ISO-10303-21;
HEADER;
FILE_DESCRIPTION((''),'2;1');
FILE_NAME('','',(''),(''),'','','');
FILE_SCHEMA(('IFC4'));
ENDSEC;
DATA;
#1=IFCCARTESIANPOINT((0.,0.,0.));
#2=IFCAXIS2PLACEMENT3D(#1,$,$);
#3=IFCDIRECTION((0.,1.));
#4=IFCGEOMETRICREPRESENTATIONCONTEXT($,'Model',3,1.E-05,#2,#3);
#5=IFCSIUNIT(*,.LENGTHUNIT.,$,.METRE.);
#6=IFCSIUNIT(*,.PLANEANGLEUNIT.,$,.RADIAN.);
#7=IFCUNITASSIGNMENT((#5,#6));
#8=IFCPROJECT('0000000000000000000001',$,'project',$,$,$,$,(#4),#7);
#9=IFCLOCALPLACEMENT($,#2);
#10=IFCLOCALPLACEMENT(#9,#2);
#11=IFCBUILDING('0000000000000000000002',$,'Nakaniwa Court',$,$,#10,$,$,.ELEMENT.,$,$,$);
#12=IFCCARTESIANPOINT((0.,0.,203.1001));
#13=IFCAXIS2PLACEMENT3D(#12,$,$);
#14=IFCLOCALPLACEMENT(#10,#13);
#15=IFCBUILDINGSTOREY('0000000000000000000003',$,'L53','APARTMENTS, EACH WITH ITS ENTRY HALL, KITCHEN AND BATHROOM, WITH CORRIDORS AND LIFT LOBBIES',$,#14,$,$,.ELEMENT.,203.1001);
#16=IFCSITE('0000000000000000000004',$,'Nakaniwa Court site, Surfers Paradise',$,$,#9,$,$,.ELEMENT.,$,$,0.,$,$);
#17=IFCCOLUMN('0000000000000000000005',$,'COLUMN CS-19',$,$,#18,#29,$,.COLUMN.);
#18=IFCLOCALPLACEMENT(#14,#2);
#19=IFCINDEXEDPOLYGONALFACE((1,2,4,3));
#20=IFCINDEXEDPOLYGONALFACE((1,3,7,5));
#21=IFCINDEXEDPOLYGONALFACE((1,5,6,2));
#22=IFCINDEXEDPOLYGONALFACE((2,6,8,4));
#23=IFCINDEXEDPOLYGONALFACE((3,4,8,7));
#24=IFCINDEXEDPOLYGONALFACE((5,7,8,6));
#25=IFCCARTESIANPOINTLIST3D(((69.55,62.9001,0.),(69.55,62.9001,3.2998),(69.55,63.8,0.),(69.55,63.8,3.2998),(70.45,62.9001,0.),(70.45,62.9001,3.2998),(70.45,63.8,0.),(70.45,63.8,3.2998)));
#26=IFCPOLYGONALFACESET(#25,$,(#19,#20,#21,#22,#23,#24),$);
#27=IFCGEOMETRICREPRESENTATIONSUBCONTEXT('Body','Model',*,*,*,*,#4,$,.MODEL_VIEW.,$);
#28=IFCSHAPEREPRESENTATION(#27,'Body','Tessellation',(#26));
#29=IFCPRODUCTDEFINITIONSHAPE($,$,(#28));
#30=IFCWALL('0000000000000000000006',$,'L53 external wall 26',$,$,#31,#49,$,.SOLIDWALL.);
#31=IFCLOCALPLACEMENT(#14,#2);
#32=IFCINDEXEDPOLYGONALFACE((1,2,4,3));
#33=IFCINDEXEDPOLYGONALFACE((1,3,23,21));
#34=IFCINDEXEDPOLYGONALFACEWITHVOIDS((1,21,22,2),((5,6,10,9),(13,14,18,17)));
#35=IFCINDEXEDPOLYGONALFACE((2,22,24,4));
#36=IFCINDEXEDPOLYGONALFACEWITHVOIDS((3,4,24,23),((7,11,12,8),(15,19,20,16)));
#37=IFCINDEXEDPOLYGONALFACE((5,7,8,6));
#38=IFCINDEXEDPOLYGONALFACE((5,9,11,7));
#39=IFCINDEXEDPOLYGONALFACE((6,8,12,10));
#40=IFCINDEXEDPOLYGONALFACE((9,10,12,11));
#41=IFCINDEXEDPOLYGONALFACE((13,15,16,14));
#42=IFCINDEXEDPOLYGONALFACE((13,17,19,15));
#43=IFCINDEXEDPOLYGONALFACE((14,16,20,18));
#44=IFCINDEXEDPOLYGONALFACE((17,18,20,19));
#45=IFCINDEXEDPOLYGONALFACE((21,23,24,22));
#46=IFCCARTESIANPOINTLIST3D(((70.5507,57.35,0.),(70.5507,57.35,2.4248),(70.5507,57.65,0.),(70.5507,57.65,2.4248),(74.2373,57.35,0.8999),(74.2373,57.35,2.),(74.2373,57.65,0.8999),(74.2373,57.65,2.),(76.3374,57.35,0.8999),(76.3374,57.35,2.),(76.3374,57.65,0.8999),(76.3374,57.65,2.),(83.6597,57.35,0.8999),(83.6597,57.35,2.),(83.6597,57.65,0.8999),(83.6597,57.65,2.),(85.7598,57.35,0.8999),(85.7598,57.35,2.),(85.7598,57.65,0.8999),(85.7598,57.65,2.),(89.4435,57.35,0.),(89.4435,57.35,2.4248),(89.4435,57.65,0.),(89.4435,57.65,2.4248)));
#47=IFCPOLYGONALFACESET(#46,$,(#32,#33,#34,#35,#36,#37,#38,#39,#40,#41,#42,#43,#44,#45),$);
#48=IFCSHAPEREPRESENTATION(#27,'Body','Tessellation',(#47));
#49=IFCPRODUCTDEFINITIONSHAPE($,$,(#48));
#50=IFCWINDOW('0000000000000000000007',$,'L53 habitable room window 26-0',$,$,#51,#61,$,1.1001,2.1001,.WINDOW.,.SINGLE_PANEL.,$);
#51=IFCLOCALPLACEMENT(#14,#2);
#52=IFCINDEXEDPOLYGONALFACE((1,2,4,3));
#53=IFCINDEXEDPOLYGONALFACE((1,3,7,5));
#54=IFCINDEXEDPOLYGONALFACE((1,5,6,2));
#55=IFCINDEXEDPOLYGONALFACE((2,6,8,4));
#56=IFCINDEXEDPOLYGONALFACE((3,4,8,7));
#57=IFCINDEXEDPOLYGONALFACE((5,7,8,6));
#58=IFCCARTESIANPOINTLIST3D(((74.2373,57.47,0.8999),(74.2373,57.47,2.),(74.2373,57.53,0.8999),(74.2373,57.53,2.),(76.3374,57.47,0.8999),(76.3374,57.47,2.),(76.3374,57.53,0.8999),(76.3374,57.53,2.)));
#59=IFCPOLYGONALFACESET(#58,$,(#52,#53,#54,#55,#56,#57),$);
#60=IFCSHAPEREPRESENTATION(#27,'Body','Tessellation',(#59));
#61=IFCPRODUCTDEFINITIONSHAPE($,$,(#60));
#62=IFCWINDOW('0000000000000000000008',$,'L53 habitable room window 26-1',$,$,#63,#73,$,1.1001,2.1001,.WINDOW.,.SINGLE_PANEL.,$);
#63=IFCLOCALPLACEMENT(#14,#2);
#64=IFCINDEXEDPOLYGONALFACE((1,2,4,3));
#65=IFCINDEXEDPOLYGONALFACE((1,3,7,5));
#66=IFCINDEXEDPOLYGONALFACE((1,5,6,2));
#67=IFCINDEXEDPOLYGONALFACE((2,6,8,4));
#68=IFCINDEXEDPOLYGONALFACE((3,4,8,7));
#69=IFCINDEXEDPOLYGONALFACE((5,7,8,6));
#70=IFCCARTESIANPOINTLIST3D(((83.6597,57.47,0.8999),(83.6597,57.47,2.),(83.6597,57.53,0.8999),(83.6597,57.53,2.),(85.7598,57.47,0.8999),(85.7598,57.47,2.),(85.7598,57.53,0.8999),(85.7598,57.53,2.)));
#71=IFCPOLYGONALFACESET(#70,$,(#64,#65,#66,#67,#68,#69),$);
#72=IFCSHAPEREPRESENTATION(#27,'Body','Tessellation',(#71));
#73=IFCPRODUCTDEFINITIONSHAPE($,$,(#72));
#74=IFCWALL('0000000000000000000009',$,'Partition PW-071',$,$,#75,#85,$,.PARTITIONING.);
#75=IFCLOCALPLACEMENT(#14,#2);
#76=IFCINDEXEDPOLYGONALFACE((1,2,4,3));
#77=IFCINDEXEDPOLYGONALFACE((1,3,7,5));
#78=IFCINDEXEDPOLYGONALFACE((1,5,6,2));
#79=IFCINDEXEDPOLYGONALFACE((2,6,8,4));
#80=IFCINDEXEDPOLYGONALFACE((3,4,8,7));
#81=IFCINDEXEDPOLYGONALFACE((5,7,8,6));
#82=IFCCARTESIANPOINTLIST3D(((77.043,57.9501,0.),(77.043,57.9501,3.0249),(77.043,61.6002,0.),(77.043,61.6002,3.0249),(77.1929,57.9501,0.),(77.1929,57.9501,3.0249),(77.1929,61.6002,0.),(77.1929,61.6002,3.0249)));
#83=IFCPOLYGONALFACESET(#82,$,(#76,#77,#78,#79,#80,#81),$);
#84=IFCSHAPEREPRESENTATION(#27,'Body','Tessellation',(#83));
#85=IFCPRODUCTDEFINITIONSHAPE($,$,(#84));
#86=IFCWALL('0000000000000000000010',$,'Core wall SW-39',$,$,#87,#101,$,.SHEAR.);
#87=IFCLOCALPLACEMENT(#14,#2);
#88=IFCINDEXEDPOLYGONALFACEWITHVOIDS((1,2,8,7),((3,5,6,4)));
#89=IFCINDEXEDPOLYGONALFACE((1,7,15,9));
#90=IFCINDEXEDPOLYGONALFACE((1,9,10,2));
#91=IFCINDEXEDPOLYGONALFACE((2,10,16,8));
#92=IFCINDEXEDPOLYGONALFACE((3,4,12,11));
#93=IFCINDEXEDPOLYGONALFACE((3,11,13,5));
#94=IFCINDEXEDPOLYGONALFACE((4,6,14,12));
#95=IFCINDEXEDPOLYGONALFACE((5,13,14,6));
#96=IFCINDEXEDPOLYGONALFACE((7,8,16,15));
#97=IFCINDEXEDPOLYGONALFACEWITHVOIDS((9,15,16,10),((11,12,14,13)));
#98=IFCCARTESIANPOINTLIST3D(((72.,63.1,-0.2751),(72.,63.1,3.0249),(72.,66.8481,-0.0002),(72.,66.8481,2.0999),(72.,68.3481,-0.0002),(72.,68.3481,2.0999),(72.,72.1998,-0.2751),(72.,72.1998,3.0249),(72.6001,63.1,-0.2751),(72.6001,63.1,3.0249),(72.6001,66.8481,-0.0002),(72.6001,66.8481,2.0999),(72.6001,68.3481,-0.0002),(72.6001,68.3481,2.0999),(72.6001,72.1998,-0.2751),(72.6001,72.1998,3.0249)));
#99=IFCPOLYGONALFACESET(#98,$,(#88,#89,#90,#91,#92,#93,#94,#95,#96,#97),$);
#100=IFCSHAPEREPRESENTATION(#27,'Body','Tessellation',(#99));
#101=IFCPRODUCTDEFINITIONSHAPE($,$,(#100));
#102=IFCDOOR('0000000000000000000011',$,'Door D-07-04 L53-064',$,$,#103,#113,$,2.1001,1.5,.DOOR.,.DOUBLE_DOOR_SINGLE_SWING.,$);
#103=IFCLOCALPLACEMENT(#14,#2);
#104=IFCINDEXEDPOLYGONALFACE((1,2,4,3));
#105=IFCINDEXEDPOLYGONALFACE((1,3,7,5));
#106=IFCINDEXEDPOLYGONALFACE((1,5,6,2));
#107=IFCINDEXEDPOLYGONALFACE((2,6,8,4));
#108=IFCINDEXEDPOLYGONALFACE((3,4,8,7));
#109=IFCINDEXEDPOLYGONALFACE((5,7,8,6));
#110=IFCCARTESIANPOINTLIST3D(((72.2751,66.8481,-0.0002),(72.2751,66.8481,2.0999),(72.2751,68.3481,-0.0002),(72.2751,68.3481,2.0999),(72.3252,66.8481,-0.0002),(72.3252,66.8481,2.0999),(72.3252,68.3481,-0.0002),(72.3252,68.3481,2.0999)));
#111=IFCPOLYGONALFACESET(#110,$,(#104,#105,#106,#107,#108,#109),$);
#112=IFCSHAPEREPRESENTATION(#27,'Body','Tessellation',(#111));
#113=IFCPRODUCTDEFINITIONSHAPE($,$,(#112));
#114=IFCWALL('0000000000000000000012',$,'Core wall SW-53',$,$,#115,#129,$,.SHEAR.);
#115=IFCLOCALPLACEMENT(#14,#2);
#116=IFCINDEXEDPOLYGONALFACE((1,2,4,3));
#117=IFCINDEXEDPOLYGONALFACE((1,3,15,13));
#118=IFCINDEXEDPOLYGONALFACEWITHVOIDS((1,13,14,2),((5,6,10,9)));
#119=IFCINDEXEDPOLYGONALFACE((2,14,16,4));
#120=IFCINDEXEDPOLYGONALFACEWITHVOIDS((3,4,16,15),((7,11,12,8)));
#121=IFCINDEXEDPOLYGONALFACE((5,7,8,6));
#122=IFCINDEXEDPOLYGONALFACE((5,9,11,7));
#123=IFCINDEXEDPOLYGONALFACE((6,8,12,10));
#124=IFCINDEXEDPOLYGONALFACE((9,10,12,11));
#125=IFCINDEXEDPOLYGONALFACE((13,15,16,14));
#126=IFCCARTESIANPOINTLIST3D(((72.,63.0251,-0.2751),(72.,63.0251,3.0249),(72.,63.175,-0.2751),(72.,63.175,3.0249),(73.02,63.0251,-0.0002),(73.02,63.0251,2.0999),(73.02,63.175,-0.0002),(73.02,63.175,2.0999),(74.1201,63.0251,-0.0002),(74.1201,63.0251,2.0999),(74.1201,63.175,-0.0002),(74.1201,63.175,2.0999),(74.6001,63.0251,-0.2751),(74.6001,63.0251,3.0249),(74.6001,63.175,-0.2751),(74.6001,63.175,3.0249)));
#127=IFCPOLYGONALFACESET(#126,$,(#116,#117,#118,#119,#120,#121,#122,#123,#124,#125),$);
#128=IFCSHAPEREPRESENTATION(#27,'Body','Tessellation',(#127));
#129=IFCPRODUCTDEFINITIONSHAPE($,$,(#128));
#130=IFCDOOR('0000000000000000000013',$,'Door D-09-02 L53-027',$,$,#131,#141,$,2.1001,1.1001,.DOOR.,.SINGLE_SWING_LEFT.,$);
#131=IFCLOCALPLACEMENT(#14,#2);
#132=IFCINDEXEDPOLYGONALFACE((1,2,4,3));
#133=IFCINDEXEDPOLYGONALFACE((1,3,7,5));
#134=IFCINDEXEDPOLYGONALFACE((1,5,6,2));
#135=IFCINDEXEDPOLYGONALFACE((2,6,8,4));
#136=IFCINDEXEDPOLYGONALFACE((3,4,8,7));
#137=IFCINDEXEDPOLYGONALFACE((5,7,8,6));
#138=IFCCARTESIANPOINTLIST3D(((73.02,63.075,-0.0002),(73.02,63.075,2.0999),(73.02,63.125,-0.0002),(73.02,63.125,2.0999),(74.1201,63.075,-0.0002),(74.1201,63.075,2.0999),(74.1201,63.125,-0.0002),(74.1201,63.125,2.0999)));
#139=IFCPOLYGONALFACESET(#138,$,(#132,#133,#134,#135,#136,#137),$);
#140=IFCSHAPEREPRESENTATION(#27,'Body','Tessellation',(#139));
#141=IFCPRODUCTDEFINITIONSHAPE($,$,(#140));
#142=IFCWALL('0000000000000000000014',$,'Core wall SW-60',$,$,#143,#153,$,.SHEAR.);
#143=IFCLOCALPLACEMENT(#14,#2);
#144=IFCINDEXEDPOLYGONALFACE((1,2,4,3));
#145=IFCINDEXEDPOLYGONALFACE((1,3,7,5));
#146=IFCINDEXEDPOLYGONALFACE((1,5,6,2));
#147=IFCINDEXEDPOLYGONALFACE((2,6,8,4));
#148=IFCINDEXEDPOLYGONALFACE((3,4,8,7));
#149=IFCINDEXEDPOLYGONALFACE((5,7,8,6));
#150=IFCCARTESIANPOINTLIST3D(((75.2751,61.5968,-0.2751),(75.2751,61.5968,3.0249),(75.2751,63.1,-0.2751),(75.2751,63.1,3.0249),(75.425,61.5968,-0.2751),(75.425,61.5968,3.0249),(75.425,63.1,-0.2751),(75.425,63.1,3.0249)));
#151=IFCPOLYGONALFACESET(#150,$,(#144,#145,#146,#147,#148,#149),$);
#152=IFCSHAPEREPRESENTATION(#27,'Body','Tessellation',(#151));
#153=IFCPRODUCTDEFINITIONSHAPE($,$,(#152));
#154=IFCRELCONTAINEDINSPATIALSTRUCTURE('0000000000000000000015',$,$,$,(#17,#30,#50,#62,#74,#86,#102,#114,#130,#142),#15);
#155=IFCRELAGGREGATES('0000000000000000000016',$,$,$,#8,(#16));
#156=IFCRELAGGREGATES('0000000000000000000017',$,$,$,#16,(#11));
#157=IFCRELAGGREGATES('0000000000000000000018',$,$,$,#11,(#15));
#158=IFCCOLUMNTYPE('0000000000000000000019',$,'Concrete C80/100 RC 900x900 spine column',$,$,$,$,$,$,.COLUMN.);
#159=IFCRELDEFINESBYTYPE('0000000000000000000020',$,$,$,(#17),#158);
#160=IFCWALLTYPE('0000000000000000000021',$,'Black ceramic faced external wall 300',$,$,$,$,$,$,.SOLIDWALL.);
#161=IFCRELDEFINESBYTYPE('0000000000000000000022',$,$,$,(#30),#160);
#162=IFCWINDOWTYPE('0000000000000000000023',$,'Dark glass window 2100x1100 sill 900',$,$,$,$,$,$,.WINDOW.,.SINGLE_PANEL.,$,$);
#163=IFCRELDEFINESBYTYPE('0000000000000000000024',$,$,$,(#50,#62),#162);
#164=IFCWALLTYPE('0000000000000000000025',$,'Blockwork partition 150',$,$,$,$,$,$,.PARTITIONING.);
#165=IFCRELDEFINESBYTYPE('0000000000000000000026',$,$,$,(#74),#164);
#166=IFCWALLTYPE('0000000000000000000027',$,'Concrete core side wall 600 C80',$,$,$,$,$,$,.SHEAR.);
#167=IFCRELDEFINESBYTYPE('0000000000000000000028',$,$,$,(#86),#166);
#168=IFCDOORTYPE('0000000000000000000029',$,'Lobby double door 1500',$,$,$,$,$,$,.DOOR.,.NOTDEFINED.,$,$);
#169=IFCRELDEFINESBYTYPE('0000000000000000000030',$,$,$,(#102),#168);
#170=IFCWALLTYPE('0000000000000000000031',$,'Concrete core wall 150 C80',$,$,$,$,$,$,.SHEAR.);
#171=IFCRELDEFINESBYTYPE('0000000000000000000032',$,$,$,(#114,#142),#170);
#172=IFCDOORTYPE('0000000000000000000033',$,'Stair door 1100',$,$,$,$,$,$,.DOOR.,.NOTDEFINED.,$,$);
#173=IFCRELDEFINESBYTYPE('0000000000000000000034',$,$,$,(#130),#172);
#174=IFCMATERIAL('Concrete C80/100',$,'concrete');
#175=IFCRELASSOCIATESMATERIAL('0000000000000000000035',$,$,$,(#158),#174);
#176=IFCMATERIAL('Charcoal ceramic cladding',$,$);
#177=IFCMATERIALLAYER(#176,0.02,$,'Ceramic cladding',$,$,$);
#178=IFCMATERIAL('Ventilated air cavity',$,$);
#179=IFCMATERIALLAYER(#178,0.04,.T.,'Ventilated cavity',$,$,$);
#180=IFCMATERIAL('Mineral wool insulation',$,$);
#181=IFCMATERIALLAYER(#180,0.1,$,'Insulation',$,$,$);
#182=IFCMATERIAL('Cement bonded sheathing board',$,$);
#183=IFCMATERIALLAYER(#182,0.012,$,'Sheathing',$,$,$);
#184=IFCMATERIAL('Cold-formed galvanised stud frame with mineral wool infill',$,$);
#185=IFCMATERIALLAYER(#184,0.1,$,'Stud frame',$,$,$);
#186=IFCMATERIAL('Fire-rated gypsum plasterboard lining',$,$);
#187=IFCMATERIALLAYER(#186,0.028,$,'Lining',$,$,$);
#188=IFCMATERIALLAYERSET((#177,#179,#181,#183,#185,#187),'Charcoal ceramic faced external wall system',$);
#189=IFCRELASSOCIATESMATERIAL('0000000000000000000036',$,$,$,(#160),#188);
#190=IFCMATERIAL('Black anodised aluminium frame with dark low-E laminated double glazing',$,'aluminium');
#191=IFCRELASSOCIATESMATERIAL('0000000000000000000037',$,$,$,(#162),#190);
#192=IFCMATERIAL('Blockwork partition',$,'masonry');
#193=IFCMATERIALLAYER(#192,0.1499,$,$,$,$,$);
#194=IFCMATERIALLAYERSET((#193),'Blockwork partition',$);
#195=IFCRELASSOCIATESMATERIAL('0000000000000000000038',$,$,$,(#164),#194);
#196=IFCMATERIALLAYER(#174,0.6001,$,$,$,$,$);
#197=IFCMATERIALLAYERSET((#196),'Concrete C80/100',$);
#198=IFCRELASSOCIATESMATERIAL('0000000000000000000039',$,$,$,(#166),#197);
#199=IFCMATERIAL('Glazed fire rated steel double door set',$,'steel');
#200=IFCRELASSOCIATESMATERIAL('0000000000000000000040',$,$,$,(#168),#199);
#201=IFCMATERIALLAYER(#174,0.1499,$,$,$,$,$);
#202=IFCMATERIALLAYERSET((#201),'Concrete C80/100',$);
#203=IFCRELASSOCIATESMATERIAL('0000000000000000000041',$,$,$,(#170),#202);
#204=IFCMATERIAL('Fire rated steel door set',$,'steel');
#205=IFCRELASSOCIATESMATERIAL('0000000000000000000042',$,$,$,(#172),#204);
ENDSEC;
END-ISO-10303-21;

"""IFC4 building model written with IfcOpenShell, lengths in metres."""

from ifc_helpers import new_model, si_unit, direction, frame, frame_2d, origin, origin_2d, place, context, subcontext, project, spatial, rectangle, extrude, material, layer, layer_set, material_profile, profile_set, type_object, element, fill, save


model = new_model("IFC4")

# Units and contexts
model_context = context("Model", 3, precision=1e-05, world=origin(), true_north=direction((0.0, 1.0)))
body_context = subcontext(model_context, "Body", "Model", "MODEL_VIEW")
ifc_project = project(units=[si_unit("LENGTHUNIT", "METRE"), si_unit("PLANEANGLEUNIT", "RADIAN")], contexts=[model_context])

# Site, building, storey
site_placement = place(None, origin())
site = spatial("IfcSite", under=ifc_project, at=site_placement, Name="Nakaniwa Court site, Surfers Paradise", CompositionType="ELEMENT", RefElevation=0.0)
building_placement = place(site_placement, origin())
building = spatial("IfcBuilding", under=site, at=building_placement, Name="Nakaniwa Court", CompositionType="ELEMENT")
storey_placement = place(building_placement, frame((0.0, 0.0, 203.1001)))
storey = spatial("IfcBuildingStorey", under=building, at=storey_placement, Name="L53", Description="APARTMENTS, EACH WITH ITS ENTRY HALL, KITCHEN AND BATHROOM, WITH CORRIDORS AND LIFT LOBBIES", CompositionType="ELEMENT", Elevation=203.1001)

# Column
ifc_material_1 = material(Name="Concrete C80/100", Category="concrete")
ifc_material_profile_1 = material_profile(ifc_material_1, rectangle(XDim=0.8999, YDim=0.8999, at=origin_2d()), Name="Concrete C80/100 RC 900x900 spine column")
ifc_profile_set_1 = profile_set([ifc_material_profile_1], Name="Concrete C80/100")
column_type = type_object("IfcColumnType", Name="Concrete C80/100 RC 900x900 spine column", PredefinedType="COLUMN", material=ifc_profile_set_1)
column_placement = place(storey_placement, frame((70.0, 63.3501, 0.0), z_axis=(0.0, 0.0, 1.0), x_axis=(0.0, -1.0, 0.0)))
element("IfcColumn", 1, at=column_placement, inside=storey, type_object=column_type, Name="COLUMN CS-19", PredefinedType="COLUMN", context=body_context, shape_type="SweptSolid", body=[
    extrude(rectangle(XDim=0.8999, YDim=0.8999, at=origin_2d()), origin(), (0.0, 0.0, 1.0), 3.2998),
])

# Wall, openings, windows
ifc_material_2 = material(Name="Charcoal ceramic cladding")
ifc_layer_1 = layer(ifc_material_2, 0.02, Name="Ceramic cladding")
ifc_material_3 = material(Name="Ventilated air cavity")
ifc_layer_2 = layer(ifc_material_3, 0.04, ventilated=True, Name="Ventilated cavity")
ifc_material_4 = material(Name="Mineral wool insulation")
ifc_layer_3 = layer(ifc_material_4, 0.1, Name="Insulation")
ifc_material_5 = material(Name="Cement bonded sheathing board")
ifc_layer_4 = layer(ifc_material_5, 0.012, Name="Sheathing")
ifc_material_6 = material(Name="Cold-formed galvanised stud frame with mineral wool infill")
ifc_layer_5 = layer(ifc_material_6, 0.1, Name="Stud frame")
ifc_material_7 = material(Name="Fire-rated gypsum plasterboard lining")
ifc_layer_6 = layer(ifc_material_7, 0.028, Name="Lining")
ifc_layer_set_1 = layer_set([ifc_layer_1, ifc_layer_2, ifc_layer_3, ifc_layer_4, ifc_layer_5, ifc_layer_6], Name="Charcoal ceramic faced external wall system")
wall_type_1 = type_object("IfcWallType", Name="Black ceramic faced external wall 300", PredefinedType="SOLIDWALL", material=ifc_layer_set_1)
wall_1_placement = place(storey_placement, frame((70.5508, 57.5, 0.0), z_axis=(0.0, 0.0, 1.0), x_axis=(1.0, 0.0, 0.0)))
wall_1 = element("IfcWall", 2, at=wall_1_placement, inside=storey, type_object=wall_type_1, Name="L53 external wall 26", PredefinedType="SOLIDWALL", context=body_context, shape_type="SweptSolid", body=[
    extrude(rectangle(XDim=18.8928, YDim=0.3, at=frame_2d((9.4463, 0.0))), origin(), (0.0, 0.0, 1.0), 2.4248),
])
opening_1_placement = place(wall_1_placement, frame((3.6865, 0.0, 0.8999)))
opening_1 = element("IfcOpeningElement", 3, at=opening_1_placement, cuts=wall_1, PredefinedType="OPENING", context=body_context, shape_type="SweptSolid", body=[
    extrude(rectangle(XDim=2.1001, YDim=1.1001, at=frame_2d((1.05, 0.55))), frame((0.0, 0.1599, 0.0), z_axis=(0.0, -1.0, 0.0), x_axis=(1.0, 0.0, 0.0)), (0.0, 0.0, 1.0), 0.3201),
])
opening_2_placement = place(wall_1_placement, frame((13.1089, 0.0, 0.8999)))
opening_2 = element("IfcOpeningElement", 4, at=opening_2_placement, cuts=wall_1, PredefinedType="OPENING", context=body_context, shape_type="SweptSolid", body=[
    extrude(rectangle(XDim=2.1001, YDim=1.1001, at=frame_2d((1.05, 0.55))), frame((0.0, 0.1599, 0.0), z_axis=(0.0, -1.0, 0.0), x_axis=(1.0, 0.0, 0.0)), (0.0, 0.0, 1.0), 0.3201),
])
ifc_material_8 = material(Name="Black anodised aluminium frame with dark low-E laminated double glazing", Category="aluminium")
window_type = type_object("IfcWindowType", Name="Dark glass window 2100x1100 sill 900", PartitioningType="SINGLE_PANEL", PredefinedType="WINDOW", material=ifc_material_8)
window_1_placement = place(opening_1_placement, origin())
window_1 = element("IfcWindow", 5, at=window_1_placement, inside=storey, type_object=window_type, Name="L53 habitable room window 26-0", OverallHeight=1.1001, OverallWidth=2.1001, PartitioningType="SINGLE_PANEL", PredefinedType="WINDOW", context=body_context, shape_type="SweptSolid", body=[
    extrude(rectangle(XDim=2.1001, YDim=1.1001, at=frame_2d((1.05, 0.55))), frame((0.0, 0.03, 0.0), z_axis=(0.0, -1.0, 0.0), x_axis=(1.0, 0.0, 0.0)), (0.0, 0.0, 1.0), 0.0601),
])
fill(opening_1, window_1)
window_2_placement = place(opening_2_placement, origin())
window_2 = element("IfcWindow", 6, at=window_2_placement, inside=storey, type_object=window_type, Name="L53 habitable room window 26-1", OverallHeight=1.1001, OverallWidth=2.1001, PartitioningType="SINGLE_PANEL", PredefinedType="WINDOW", context=body_context, shape_type="SweptSolid", body=[
    extrude(rectangle(XDim=2.1001, YDim=1.1001, at=frame_2d((1.05, 0.55))), frame((0.0, 0.03, 0.0), z_axis=(0.0, -1.0, 0.0), x_axis=(1.0, 0.0, 0.0)), (0.0, 0.0, 1.0), 0.0601),
])
fill(opening_2, window_2)

# Wall
ifc_material_9 = material(Name="Blockwork partition", Category="masonry")
ifc_layer_7 = layer(ifc_material_9, 0.1499)
ifc_layer_set_2 = layer_set([ifc_layer_7], Name="Blockwork partition")
wall_type_2 = type_object("IfcWallType", Name="Blockwork partition 150", PredefinedType="PARTITIONING", material=ifc_layer_set_2)
wall_2_placement = place(storey_placement, frame((77.1179, 57.95, 0.0), z_axis=(0.0, 0.0, 1.0), x_axis=(0.0, 1.0, 0.0)))
element("IfcWall", 7, at=wall_2_placement, inside=storey, type_object=wall_type_2, Name="Partition PW-071", PredefinedType="PARTITIONING", context=body_context, shape_type="SweptSolid", body=[
    extrude(rectangle(XDim=3.6501, YDim=0.1499, at=frame_2d((1.8252, 0.0))), origin(), (0.0, 0.0, 1.0), 3.0249),
])

# Walls, openings, doors
ifc_layer_8 = layer(ifc_material_1, 0.6001)
ifc_layer_set_3 = layer_set([ifc_layer_8], Name="Concrete C80/100")
wall_type_3 = type_object("IfcWallType", Name="Concrete core side wall 600 C80", PredefinedType="SHEAR", material=ifc_layer_set_3)
wall_3_placement = place(storey_placement, frame((72.3, 63.1001, -0.2751), z_axis=(0.0, 0.0, 1.0), x_axis=(0.0, 1.0, 0.0)))
wall_3 = element("IfcWall", 8, at=wall_3_placement, inside=storey, type_object=wall_type_3, Name="Core wall SW-39", PredefinedType="SHEAR", context=body_context, shape_type="SweptSolid", body=[
    extrude(rectangle(XDim=9.0999, YDim=0.6001, at=frame_2d((4.5498, 0.0))), origin(), (0.0, 0.0, 1.0), 3.3),
])
opening_3_placement = place(wall_3_placement, frame((3.748, 0.0, 0.2749)))
opening_3 = element("IfcOpeningElement", 9, at=opening_3_placement, cuts=wall_3, PredefinedType="OPENING", context=body_context, shape_type="SweptSolid", body=[
    extrude(rectangle(XDim=1.5, YDim=2.1001, at=frame_2d((0.75, 1.05))), frame((0.0, 0.3101, 0.0), z_axis=(0.0, -1.0, 0.0), x_axis=(1.0, 0.0, 0.0)), (0.0, 0.0, 1.0), 0.6201),
])
ifc_material_10 = material(Name="Glazed fire rated steel double door set", Category="steel")
door_type_1 = type_object("IfcDoorType", Name="Lobby double door 1500", OperationType="NOTDEFINED", PredefinedType="DOOR", material=ifc_material_10)
door_1_placement = place(opening_3_placement, origin())
door_1 = element("IfcDoor", 10, at=door_1_placement, inside=storey, type_object=door_type_1, Name="Door D-07-04 L53-064", OperationType="DOUBLE_DOOR_SINGLE_SWING", OverallHeight=2.1001, OverallWidth=1.5, PredefinedType="DOOR", context=body_context, shape_type="SweptSolid", body=[
    extrude(rectangle(XDim=1.5, YDim=2.1001, at=frame_2d((0.75, 1.05))), frame((0.0, 0.0249, 0.0), z_axis=(0.0, -1.0, 0.0), x_axis=(1.0, 0.0, 0.0)), (0.0, 0.0, 1.0), 0.05),
])
fill(opening_3, door_1)
ifc_layer_9 = layer(ifc_material_1, 0.1499)
ifc_layer_set_4 = layer_set([ifc_layer_9], Name="Concrete C80/100")
wall_type_4 = type_object("IfcWallType", Name="Concrete core wall 150 C80", PredefinedType="SHEAR", material=ifc_layer_set_4)
wall_4_placement = place(storey_placement, frame((72.0, 63.1001, -0.2751), z_axis=(0.0, 0.0, 1.0), x_axis=(1.0, 0.0, 0.0)))
wall_4 = element("IfcWall", 11, at=wall_4_placement, inside=storey, type_object=wall_type_4, Name="Core wall SW-53", PredefinedType="SHEAR", context=body_context, shape_type="SweptSolid", body=[
    extrude(rectangle(XDim=2.6001, YDim=0.1499, at=frame_2d((1.3, 0.0))), origin(), (0.0, 0.0, 1.0), 3.3),
])
opening_4_placement = place(wall_4_placement, frame((1.02, 0.0, 0.2749)))
opening_4 = element("IfcOpeningElement", 12, at=opening_4_placement, cuts=wall_4, PredefinedType="OPENING", context=body_context, shape_type="SweptSolid", body=[
    extrude(rectangle(XDim=1.1001, YDim=2.1001, at=frame_2d((0.55, 1.05))), frame((0.0, 0.085, 0.0), z_axis=(0.0, -1.0, 0.0), x_axis=(1.0, 0.0, 0.0)), (0.0, 0.0, 1.0), 0.1699),
])
ifc_material_11 = material(Name="Fire rated steel door set", Category="steel")
door_type_2 = type_object("IfcDoorType", Name="Stair door 1100", OperationType="NOTDEFINED", PredefinedType="DOOR", material=ifc_material_11)
door_2_placement = place(opening_4_placement, origin())
door_2 = element("IfcDoor", 13, at=door_2_placement, inside=storey, type_object=door_type_2, Name="Door D-09-02 L53-027", OperationType="SINGLE_SWING_LEFT", OverallHeight=2.1001, OverallWidth=1.1001, PredefinedType="DOOR", context=body_context, shape_type="SweptSolid", body=[
    extrude(rectangle(XDim=1.1001, YDim=2.1001, at=frame_2d((0.55, 1.05))), frame((0.0, 0.0249, 0.0), z_axis=(0.0, -1.0, 0.0), x_axis=(1.0, 0.0, 0.0)), (0.0, 0.0, 1.0), 0.05),
])
fill(opening_4, door_2)

# Wall
wall_5_placement = place(storey_placement, frame((75.3501, 61.5969, -0.2751), z_axis=(0.0, 0.0, 1.0), x_axis=(0.0, 1.0, 0.0)))
element("IfcWall", 14, at=wall_5_placement, inside=storey, type_object=wall_type_4, Name="Core wall SW-60", PredefinedType="SHEAR", context=body_context, shape_type="SweptSolid", body=[
    extrude(rectangle(XDim=1.5032, YDim=0.1499, at=frame_2d((0.7515, 0.0))), origin(), (0.0, 0.0, 1.0), 3.3),
])

save(model, "model.ifc")
